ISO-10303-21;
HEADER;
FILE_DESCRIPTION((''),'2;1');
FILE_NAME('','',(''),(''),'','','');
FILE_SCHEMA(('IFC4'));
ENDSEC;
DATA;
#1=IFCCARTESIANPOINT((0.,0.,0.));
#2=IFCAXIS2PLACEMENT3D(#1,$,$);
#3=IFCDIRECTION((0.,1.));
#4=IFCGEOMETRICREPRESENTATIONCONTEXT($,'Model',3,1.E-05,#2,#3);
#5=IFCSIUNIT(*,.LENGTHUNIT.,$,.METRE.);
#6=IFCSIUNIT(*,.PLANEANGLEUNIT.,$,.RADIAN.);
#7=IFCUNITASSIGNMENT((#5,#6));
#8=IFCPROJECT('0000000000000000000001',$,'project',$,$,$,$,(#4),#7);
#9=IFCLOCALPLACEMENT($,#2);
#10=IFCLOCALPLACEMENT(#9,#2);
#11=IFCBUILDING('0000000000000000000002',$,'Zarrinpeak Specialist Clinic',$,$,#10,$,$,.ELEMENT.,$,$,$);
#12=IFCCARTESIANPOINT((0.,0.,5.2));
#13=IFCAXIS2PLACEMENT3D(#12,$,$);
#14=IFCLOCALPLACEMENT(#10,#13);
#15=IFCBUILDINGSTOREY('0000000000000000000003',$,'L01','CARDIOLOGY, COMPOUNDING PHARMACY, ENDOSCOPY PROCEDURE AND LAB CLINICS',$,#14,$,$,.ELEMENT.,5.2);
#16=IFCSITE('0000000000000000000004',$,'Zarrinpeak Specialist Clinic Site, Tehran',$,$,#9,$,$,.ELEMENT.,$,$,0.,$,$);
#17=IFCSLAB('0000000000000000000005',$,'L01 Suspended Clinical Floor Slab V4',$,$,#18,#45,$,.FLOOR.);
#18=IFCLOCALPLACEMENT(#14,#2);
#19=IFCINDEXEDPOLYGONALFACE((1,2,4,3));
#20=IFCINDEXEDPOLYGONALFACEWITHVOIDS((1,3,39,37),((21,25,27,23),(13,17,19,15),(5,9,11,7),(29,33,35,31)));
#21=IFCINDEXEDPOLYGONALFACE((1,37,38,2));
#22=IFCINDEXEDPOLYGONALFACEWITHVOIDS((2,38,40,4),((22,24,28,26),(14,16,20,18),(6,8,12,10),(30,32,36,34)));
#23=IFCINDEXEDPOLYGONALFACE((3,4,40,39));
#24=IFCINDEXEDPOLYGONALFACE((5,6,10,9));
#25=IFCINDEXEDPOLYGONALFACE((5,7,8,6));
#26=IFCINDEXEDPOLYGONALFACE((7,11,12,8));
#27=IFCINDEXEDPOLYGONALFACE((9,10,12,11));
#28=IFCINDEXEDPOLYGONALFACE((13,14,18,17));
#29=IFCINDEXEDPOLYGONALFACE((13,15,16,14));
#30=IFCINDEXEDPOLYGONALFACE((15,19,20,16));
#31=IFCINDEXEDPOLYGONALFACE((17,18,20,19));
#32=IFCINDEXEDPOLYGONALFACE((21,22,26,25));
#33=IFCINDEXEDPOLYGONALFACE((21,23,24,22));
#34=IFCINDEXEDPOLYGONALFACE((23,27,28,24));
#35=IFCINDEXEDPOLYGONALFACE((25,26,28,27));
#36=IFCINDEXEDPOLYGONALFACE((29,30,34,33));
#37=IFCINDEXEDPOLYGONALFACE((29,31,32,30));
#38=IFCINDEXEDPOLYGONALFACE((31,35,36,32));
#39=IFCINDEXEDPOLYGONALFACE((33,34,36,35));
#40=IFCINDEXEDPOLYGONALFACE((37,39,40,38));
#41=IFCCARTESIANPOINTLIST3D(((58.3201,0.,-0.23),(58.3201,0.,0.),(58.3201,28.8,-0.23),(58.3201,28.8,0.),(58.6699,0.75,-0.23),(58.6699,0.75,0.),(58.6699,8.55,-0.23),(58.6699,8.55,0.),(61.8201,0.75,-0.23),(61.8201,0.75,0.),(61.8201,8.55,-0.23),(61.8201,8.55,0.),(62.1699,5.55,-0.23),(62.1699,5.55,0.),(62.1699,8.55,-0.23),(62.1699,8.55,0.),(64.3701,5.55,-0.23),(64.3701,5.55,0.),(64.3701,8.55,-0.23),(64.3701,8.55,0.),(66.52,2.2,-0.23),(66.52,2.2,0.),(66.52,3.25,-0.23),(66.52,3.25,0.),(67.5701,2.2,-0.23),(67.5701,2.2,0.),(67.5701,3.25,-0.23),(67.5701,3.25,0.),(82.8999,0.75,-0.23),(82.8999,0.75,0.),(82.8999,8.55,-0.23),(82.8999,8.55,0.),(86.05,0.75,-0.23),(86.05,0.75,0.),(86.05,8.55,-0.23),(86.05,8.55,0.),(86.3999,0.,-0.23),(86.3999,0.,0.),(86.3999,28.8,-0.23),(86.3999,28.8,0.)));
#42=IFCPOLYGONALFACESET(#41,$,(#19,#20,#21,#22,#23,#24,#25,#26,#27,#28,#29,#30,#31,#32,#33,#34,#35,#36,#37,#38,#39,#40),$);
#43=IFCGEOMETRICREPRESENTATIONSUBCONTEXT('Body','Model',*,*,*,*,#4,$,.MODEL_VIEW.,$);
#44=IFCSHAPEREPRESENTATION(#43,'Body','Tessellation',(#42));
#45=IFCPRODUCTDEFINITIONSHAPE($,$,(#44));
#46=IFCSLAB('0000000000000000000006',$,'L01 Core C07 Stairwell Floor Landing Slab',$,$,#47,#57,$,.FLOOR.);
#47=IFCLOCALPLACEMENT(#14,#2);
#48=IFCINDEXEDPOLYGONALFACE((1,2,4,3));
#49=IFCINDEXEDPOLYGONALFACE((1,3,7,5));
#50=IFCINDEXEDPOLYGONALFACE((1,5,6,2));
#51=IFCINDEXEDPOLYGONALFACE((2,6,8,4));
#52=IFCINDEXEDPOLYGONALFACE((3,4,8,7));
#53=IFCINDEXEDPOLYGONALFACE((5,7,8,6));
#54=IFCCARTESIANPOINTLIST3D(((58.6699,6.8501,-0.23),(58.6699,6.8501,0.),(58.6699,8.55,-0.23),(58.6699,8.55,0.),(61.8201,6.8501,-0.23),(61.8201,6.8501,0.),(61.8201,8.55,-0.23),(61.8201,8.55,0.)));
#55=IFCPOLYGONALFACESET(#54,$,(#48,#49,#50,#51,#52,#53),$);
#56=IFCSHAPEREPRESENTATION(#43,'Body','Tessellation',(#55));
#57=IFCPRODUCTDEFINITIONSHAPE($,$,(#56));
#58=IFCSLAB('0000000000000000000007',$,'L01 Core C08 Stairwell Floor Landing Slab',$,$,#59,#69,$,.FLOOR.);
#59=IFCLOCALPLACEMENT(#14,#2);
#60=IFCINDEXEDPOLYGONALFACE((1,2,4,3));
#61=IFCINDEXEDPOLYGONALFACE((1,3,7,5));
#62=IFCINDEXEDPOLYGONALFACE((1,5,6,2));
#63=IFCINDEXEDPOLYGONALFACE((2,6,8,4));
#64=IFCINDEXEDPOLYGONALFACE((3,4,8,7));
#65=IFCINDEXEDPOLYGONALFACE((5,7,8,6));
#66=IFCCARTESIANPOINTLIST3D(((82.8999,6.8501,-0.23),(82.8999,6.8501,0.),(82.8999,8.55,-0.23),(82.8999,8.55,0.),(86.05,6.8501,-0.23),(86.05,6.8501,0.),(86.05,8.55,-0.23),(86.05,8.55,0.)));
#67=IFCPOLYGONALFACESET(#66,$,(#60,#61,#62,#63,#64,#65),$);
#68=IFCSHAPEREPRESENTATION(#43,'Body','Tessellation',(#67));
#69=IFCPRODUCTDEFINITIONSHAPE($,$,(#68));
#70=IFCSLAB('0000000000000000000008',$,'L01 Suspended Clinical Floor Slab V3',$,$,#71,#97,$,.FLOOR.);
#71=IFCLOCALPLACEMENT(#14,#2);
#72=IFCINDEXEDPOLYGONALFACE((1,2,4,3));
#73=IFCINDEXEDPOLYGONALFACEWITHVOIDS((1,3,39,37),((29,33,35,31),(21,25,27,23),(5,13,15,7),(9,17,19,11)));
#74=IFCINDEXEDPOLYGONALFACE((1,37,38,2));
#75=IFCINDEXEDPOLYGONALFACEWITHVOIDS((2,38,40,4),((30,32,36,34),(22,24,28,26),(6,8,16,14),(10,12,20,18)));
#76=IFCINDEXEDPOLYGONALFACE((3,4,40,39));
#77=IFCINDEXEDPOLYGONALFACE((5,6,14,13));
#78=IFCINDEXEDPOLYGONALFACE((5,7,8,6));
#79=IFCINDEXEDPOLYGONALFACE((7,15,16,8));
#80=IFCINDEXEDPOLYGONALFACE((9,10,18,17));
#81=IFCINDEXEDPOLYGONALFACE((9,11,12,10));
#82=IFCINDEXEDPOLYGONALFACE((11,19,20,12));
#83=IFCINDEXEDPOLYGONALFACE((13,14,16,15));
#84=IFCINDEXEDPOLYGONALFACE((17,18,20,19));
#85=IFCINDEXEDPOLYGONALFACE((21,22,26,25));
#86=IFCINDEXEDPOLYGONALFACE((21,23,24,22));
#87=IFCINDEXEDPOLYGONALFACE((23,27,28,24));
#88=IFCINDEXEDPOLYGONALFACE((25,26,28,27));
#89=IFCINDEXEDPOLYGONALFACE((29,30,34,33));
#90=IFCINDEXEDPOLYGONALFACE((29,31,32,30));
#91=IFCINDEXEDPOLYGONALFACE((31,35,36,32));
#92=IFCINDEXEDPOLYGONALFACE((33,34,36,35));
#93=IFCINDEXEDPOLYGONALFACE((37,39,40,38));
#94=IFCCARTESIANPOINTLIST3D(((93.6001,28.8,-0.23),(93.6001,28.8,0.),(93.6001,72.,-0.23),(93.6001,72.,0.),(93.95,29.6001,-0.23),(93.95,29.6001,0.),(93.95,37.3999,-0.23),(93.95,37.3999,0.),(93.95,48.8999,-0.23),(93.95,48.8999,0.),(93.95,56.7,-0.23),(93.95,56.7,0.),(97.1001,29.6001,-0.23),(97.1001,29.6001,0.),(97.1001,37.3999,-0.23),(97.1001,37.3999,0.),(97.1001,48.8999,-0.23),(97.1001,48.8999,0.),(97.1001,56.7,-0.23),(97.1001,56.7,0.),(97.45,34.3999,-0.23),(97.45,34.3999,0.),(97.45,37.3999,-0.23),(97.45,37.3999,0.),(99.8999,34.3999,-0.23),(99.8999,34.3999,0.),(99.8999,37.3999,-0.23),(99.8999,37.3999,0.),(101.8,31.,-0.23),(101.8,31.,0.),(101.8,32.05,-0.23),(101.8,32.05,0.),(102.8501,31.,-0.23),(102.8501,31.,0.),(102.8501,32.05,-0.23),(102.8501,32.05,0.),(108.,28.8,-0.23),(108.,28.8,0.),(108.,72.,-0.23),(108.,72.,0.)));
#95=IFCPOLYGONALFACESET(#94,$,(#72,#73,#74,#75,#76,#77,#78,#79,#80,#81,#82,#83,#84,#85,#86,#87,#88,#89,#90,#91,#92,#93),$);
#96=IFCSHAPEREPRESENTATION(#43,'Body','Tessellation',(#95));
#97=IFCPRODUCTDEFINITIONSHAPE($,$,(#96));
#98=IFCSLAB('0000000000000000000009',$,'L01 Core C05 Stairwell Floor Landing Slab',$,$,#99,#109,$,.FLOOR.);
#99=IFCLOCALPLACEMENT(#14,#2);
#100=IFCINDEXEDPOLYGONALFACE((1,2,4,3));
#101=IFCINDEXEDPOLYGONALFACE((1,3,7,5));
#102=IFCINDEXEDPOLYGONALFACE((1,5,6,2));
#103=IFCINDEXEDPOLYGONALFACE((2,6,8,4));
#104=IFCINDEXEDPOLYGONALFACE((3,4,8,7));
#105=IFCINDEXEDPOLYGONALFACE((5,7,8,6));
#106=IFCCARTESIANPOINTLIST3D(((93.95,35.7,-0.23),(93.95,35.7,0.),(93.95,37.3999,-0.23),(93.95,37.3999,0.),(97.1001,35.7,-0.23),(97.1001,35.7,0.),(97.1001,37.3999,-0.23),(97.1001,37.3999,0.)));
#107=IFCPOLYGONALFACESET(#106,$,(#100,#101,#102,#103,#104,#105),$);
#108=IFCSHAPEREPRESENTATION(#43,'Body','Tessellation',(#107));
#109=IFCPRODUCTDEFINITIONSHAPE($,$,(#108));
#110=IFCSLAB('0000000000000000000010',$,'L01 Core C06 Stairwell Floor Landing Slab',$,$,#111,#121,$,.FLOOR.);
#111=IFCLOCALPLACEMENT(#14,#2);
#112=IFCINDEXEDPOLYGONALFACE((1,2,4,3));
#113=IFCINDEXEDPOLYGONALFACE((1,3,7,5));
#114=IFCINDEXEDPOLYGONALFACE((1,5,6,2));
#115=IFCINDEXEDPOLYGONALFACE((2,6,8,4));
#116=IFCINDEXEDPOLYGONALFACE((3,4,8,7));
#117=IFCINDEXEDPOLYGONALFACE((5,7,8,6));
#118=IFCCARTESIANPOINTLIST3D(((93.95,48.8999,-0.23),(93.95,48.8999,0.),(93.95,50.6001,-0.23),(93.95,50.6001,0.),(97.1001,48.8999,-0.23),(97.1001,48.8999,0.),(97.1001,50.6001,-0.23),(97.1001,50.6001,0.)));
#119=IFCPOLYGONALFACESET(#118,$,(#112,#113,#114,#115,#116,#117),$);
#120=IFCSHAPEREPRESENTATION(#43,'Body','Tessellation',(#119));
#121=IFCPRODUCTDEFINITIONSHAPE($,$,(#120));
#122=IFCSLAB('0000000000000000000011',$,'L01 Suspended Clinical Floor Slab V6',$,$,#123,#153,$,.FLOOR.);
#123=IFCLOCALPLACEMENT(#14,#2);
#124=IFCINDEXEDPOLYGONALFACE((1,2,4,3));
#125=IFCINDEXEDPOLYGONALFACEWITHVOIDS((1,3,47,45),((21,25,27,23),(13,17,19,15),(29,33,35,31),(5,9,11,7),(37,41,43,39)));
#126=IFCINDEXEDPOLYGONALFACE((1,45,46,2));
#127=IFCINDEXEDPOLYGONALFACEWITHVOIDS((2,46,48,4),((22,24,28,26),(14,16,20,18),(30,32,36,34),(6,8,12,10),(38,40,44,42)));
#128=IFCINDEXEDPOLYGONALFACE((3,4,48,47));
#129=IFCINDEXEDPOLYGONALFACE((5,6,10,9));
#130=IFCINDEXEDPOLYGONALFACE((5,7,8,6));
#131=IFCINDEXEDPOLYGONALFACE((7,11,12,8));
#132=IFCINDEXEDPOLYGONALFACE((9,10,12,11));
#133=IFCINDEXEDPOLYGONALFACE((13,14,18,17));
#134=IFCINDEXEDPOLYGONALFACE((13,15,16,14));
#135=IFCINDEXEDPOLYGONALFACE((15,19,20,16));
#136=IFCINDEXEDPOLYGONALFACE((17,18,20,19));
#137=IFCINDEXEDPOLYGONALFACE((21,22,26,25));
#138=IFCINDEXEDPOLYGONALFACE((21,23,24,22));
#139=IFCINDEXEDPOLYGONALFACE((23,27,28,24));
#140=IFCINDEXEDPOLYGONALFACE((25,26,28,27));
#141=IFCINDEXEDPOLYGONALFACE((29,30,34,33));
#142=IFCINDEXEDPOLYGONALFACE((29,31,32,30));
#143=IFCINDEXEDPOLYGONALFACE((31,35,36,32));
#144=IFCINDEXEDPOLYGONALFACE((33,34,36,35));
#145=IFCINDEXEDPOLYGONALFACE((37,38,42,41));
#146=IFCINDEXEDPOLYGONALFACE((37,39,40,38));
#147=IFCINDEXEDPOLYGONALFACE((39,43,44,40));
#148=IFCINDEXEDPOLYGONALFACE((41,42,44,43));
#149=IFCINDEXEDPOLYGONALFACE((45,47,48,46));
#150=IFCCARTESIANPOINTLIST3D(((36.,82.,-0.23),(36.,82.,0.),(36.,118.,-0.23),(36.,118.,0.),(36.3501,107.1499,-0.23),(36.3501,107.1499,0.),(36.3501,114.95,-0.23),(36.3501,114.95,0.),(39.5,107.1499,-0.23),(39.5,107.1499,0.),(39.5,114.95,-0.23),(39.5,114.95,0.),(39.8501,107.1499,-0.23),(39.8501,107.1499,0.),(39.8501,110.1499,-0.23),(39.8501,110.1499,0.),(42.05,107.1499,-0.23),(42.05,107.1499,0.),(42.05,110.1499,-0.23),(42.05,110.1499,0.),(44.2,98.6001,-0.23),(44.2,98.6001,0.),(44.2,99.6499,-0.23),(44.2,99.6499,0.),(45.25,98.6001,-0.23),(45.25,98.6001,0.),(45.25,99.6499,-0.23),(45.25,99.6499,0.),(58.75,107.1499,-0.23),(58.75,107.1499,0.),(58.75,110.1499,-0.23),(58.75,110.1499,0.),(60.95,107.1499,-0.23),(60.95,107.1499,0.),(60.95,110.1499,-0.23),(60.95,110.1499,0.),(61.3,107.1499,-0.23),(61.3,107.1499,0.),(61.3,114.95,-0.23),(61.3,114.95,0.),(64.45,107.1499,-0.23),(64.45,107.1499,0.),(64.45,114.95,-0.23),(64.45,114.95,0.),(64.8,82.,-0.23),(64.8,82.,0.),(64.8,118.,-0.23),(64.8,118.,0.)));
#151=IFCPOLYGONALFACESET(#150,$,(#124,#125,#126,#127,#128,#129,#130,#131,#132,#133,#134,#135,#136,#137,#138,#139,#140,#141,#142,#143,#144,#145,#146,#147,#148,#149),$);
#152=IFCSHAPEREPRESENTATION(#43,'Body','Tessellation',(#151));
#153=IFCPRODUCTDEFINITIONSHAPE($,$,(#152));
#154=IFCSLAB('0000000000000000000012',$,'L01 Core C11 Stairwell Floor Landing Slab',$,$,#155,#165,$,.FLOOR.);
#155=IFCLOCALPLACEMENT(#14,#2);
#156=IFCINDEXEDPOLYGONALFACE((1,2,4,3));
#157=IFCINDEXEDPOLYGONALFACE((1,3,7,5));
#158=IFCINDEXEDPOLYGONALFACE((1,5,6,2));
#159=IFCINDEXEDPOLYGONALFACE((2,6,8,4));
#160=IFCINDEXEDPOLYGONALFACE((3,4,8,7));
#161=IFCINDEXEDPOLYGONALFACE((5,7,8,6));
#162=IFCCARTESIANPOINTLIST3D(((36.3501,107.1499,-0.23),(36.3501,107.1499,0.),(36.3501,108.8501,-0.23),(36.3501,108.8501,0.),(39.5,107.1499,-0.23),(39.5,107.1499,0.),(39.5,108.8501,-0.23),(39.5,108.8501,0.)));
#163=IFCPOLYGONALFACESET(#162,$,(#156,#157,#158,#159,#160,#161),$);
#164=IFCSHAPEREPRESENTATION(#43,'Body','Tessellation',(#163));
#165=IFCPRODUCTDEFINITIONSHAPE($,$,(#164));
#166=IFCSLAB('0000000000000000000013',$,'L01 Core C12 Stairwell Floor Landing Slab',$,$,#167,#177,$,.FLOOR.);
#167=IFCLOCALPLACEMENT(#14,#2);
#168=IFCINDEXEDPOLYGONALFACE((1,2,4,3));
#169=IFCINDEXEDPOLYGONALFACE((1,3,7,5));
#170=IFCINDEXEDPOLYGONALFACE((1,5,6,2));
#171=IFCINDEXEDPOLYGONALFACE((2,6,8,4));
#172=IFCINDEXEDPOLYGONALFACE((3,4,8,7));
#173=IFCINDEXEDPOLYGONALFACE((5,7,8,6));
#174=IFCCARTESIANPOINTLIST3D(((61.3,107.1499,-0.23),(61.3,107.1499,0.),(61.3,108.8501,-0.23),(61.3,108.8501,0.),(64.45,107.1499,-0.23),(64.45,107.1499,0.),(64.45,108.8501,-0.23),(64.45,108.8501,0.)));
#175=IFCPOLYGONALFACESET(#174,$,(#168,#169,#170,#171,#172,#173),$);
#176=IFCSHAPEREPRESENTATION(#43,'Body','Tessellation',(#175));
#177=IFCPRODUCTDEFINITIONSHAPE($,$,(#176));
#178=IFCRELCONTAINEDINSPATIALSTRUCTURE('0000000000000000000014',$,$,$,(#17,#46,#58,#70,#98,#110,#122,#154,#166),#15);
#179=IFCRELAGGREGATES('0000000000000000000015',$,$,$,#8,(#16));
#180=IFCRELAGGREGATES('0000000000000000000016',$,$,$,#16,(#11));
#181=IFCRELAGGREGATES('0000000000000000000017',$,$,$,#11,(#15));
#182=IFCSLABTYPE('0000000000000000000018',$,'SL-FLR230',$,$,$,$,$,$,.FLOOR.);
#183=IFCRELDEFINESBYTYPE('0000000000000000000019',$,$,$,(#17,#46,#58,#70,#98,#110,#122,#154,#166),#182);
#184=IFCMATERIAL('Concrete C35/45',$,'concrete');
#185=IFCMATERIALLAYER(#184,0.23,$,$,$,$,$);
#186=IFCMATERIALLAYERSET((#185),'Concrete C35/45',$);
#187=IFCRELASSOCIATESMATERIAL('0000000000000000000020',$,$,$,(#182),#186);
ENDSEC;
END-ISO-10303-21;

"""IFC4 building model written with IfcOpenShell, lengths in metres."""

from ifc_helpers import new_model, si_unit, direction, frame, origin, place, context, subcontext, project, spatial, polyline, outline, extrude, material, layer, layer_set, type_object, element, save


model = new_model("IFC4")

# Units and contexts
model_context = context("Model", 3, precision=1e-05, world=origin(), true_north=direction((0.0, 1.0)))
body_context = subcontext(model_context, "Body", "Model", "MODEL_VIEW")
ifc_project = project(units=[si_unit("LENGTHUNIT", "METRE"), si_unit("PLANEANGLEUNIT", "RADIAN")], contexts=[model_context])

# Site, building, storey
site_placement = place(None, origin())
site = spatial("IfcSite", under=ifc_project, at=site_placement, Name="Zarrinpeak Specialist Clinic Site, Tehran", CompositionType="ELEMENT", RefElevation=0.0)
building_placement = place(site_placement, origin())
building = spatial("IfcBuilding", under=site, at=building_placement, Name="Zarrinpeak Specialist Clinic", CompositionType="ELEMENT")
storey_placement = place(building_placement, frame((0.0, 0.0, 5.2)))
storey = spatial("IfcBuildingStorey", under=building, at=storey_placement, Name="L01", Description="CARDIOLOGY, COMPOUNDING PHARMACY, ENDOSCOPY PROCEDURE AND LAB CLINICS", CompositionType="ELEMENT", Elevation=5.2)

# Slabs
ifc_material_1 = material(Name="Concrete C35/45", Category="concrete")
ifc_layer_1 = layer(ifc_material_1, 0.23)
ifc_layer_set_1 = layer_set([ifc_layer_1], Name="Concrete C35/45")
slab_type_1 = type_object("IfcSlabType", Name="SL-FLR230", PredefinedType="FLOOR", material=ifc_layer_set_1)
slab_1_placement = place(storey_placement, frame((0.0, 0.0, -0.23)))
element("IfcSlab", 1, at=slab_1_placement, inside=storey, type_object=slab_type_1, Name="L01 Suspended Clinical Floor Slab V4", PredefinedType="FLOOR", context=body_context, shape_type="SweptSolid", body=[
    extrude(outline(polyline([(58.3201, 0.0), (86.3999, 0.0), (86.3999, 28.8), (58.3201, 28.8), (58.3201, 0.0)]), holes=[polyline([(58.6699, 0.75), (61.8201, 0.75), (61.8201, 8.55), (58.6699, 8.55), (58.6699, 0.75)]), polyline([(62.1699, 5.55), (64.3701, 5.55), (64.3701, 8.55), (62.1699, 8.55), (62.1699, 5.55)]), polyline([(82.8999, 0.75), (86.05, 0.75), (86.05, 8.55), (82.8999, 8.55), (82.8999, 0.75)]), polyline([(66.52, 2.2), (67.5701, 2.2), (67.5701, 3.25), (66.52, 3.25), (66.52, 2.2)])]), origin(), (0.0, 0.0, 1.0), 0.23),
])
slab_2_placement = place(storey_placement, frame((0.0, 0.0, -0.23)))
element("IfcSlab", 2, at=slab_2_placement, inside=storey, type_object=slab_type_1, Name="L01 Core C07 Stairwell Floor Landing Slab", PredefinedType="FLOOR", context=body_context, shape_type="SweptSolid", body=[
    extrude(outline(polyline([(58.6699, 6.8501), (61.8201, 6.8501), (61.8201, 8.55), (58.6699, 8.55), (58.6699, 6.8501)])), origin(), (0.0, 0.0, 1.0), 0.23),
])
slab_3_placement = place(storey_placement, frame((0.0, 0.0, -0.23)))
element("IfcSlab", 3, at=slab_3_placement, inside=storey, type_object=slab_type_1, Name="L01 Core C08 Stairwell Floor Landing Slab", PredefinedType="FLOOR", context=body_context, shape_type="SweptSolid", body=[
    extrude(outline(polyline([(82.8999, 6.8501), (86.05, 6.8501), (86.05, 8.55), (82.8999, 8.55), (82.8999, 6.8501)])), origin(), (0.0, 0.0, 1.0), 0.23),
])
slab_4_placement = place(storey_placement, frame((0.0, 0.0, -0.23)))
element("IfcSlab", 4, at=slab_4_placement, inside=storey, type_object=slab_type_1, Name="L01 Suspended Clinical Floor Slab V3", PredefinedType="FLOOR", context=body_context, shape_type="SweptSolid", body=[
    extrude(outline(polyline([(93.6001, 28.8), (108.0, 28.8), (108.0, 72.0), (93.6001, 72.0), (93.6001, 28.8)]), holes=[polyline([(93.95, 29.6001), (97.1001, 29.6001), (97.1001, 37.3999), (93.95, 37.3999), (93.95, 29.6001)]), polyline([(97.45, 34.3999), (99.8999, 34.3999), (99.8999, 37.3999), (97.45, 37.3999), (97.45, 34.3999)]), polyline([(93.95, 48.8999), (97.1001, 48.8999), (97.1001, 56.7), (93.95, 56.7), (93.95, 48.8999)]), polyline([(101.8, 31.0), (102.8501, 31.0), (102.8501, 32.05), (101.8, 32.05), (101.8, 31.0)])]), origin(), (0.0, 0.0, 1.0), 0.23),
])
slab_5_placement = place(storey_placement, frame((0.0, 0.0, -0.23)))
element("IfcSlab", 5, at=slab_5_placement, inside=storey, type_object=slab_type_1, Name="L01 Core C05 Stairwell Floor Landing Slab", PredefinedType="FLOOR", context=body_context, shape_type="SweptSolid", body=[
    extrude(outline(polyline([(93.95, 35.7), (97.1001, 35.7), (97.1001, 37.3999), (93.95, 37.3999), (93.95, 35.7)])), origin(), (0.0, 0.0, 1.0), 0.23),
])
slab_6_placement = place(storey_placement, frame((0.0, 0.0, -0.23)))
element("IfcSlab", 6, at=slab_6_placement, inside=storey, type_object=slab_type_1, Name="L01 Core C06 Stairwell Floor Landing Slab", PredefinedType="FLOOR", context=body_context, shape_type="SweptSolid", body=[
    extrude(outline(polyline([(93.95, 48.8999), (97.1001, 48.8999), (97.1001, 50.6001), (93.95, 50.6001), (93.95, 48.8999)])), origin(), (0.0, 0.0, 1.0), 0.23),
])
slab_7_placement = place(storey_placement, frame((0.0, 0.0, -0.23)))
element("IfcSlab", 7, at=slab_7_placement, inside=storey, type_object=slab_type_1, Name="L01 Suspended Clinical Floor Slab V6", PredefinedType="FLOOR", context=body_context, shape_type="SweptSolid", body=[
    extrude(outline(polyline([(36.0, 82.0), (64.8, 82.0), (64.8, 118.0), (36.0, 118.0), (36.0, 82.0)]), holes=[polyline([(36.3501, 107.1499), (39.5, 107.1499), (39.5, 114.95), (36.3501, 114.95), (36.3501, 107.1499)]), polyline([(39.8501, 107.1499), (42.05, 107.1499), (42.05, 110.1499), (39.8501, 110.1499), (39.8501, 107.1499)]), polyline([(61.3, 107.1499), (64.45, 107.1499), (64.45, 114.95), (61.3, 114.95), (61.3, 107.1499)]), polyline([(58.75, 107.1499), (60.95, 107.1499), (60.95, 110.1499), (58.75, 110.1499), (58.75, 107.1499)]), polyline([(44.2, 98.6001), (45.25, 98.6001), (45.25, 99.6499), (44.2, 99.6499), (44.2, 98.6001)])]), origin(), (0.0, 0.0, 1.0), 0.23),
])
slab_8_placement = place(storey_placement, frame((0.0, 0.0, -0.23)))
element("IfcSlab", 8, at=slab_8_placement, inside=storey, type_object=slab_type_1, Name="L01 Core C11 Stairwell Floor Landing Slab", PredefinedType="FLOOR", context=body_context, shape_type="SweptSolid", body=[
    extrude(outline(polyline([(36.3501, 107.1499), (39.5, 107.1499), (39.5, 108.8501), (36.3501, 108.8501), (36.3501, 107.1499)])), origin(), (0.0, 0.0, 1.0), 0.23),
])
slab_9_placement = place(storey_placement, frame((0.0, 0.0, -0.23)))
element("IfcSlab", 9, at=slab_9_placement, inside=storey, type_object=slab_type_1, Name="L01 Core C12 Stairwell Floor Landing Slab", PredefinedType="FLOOR", context=body_context, shape_type="SweptSolid", body=[
    extrude(outline(polyline([(61.3, 107.1499), (64.45, 107.1499), (64.45, 108.8501), (61.3, 108.8501), (61.3, 107.1499)])), origin(), (0.0, 0.0, 1.0), 0.23),
])

save(model, "model.ifc")
